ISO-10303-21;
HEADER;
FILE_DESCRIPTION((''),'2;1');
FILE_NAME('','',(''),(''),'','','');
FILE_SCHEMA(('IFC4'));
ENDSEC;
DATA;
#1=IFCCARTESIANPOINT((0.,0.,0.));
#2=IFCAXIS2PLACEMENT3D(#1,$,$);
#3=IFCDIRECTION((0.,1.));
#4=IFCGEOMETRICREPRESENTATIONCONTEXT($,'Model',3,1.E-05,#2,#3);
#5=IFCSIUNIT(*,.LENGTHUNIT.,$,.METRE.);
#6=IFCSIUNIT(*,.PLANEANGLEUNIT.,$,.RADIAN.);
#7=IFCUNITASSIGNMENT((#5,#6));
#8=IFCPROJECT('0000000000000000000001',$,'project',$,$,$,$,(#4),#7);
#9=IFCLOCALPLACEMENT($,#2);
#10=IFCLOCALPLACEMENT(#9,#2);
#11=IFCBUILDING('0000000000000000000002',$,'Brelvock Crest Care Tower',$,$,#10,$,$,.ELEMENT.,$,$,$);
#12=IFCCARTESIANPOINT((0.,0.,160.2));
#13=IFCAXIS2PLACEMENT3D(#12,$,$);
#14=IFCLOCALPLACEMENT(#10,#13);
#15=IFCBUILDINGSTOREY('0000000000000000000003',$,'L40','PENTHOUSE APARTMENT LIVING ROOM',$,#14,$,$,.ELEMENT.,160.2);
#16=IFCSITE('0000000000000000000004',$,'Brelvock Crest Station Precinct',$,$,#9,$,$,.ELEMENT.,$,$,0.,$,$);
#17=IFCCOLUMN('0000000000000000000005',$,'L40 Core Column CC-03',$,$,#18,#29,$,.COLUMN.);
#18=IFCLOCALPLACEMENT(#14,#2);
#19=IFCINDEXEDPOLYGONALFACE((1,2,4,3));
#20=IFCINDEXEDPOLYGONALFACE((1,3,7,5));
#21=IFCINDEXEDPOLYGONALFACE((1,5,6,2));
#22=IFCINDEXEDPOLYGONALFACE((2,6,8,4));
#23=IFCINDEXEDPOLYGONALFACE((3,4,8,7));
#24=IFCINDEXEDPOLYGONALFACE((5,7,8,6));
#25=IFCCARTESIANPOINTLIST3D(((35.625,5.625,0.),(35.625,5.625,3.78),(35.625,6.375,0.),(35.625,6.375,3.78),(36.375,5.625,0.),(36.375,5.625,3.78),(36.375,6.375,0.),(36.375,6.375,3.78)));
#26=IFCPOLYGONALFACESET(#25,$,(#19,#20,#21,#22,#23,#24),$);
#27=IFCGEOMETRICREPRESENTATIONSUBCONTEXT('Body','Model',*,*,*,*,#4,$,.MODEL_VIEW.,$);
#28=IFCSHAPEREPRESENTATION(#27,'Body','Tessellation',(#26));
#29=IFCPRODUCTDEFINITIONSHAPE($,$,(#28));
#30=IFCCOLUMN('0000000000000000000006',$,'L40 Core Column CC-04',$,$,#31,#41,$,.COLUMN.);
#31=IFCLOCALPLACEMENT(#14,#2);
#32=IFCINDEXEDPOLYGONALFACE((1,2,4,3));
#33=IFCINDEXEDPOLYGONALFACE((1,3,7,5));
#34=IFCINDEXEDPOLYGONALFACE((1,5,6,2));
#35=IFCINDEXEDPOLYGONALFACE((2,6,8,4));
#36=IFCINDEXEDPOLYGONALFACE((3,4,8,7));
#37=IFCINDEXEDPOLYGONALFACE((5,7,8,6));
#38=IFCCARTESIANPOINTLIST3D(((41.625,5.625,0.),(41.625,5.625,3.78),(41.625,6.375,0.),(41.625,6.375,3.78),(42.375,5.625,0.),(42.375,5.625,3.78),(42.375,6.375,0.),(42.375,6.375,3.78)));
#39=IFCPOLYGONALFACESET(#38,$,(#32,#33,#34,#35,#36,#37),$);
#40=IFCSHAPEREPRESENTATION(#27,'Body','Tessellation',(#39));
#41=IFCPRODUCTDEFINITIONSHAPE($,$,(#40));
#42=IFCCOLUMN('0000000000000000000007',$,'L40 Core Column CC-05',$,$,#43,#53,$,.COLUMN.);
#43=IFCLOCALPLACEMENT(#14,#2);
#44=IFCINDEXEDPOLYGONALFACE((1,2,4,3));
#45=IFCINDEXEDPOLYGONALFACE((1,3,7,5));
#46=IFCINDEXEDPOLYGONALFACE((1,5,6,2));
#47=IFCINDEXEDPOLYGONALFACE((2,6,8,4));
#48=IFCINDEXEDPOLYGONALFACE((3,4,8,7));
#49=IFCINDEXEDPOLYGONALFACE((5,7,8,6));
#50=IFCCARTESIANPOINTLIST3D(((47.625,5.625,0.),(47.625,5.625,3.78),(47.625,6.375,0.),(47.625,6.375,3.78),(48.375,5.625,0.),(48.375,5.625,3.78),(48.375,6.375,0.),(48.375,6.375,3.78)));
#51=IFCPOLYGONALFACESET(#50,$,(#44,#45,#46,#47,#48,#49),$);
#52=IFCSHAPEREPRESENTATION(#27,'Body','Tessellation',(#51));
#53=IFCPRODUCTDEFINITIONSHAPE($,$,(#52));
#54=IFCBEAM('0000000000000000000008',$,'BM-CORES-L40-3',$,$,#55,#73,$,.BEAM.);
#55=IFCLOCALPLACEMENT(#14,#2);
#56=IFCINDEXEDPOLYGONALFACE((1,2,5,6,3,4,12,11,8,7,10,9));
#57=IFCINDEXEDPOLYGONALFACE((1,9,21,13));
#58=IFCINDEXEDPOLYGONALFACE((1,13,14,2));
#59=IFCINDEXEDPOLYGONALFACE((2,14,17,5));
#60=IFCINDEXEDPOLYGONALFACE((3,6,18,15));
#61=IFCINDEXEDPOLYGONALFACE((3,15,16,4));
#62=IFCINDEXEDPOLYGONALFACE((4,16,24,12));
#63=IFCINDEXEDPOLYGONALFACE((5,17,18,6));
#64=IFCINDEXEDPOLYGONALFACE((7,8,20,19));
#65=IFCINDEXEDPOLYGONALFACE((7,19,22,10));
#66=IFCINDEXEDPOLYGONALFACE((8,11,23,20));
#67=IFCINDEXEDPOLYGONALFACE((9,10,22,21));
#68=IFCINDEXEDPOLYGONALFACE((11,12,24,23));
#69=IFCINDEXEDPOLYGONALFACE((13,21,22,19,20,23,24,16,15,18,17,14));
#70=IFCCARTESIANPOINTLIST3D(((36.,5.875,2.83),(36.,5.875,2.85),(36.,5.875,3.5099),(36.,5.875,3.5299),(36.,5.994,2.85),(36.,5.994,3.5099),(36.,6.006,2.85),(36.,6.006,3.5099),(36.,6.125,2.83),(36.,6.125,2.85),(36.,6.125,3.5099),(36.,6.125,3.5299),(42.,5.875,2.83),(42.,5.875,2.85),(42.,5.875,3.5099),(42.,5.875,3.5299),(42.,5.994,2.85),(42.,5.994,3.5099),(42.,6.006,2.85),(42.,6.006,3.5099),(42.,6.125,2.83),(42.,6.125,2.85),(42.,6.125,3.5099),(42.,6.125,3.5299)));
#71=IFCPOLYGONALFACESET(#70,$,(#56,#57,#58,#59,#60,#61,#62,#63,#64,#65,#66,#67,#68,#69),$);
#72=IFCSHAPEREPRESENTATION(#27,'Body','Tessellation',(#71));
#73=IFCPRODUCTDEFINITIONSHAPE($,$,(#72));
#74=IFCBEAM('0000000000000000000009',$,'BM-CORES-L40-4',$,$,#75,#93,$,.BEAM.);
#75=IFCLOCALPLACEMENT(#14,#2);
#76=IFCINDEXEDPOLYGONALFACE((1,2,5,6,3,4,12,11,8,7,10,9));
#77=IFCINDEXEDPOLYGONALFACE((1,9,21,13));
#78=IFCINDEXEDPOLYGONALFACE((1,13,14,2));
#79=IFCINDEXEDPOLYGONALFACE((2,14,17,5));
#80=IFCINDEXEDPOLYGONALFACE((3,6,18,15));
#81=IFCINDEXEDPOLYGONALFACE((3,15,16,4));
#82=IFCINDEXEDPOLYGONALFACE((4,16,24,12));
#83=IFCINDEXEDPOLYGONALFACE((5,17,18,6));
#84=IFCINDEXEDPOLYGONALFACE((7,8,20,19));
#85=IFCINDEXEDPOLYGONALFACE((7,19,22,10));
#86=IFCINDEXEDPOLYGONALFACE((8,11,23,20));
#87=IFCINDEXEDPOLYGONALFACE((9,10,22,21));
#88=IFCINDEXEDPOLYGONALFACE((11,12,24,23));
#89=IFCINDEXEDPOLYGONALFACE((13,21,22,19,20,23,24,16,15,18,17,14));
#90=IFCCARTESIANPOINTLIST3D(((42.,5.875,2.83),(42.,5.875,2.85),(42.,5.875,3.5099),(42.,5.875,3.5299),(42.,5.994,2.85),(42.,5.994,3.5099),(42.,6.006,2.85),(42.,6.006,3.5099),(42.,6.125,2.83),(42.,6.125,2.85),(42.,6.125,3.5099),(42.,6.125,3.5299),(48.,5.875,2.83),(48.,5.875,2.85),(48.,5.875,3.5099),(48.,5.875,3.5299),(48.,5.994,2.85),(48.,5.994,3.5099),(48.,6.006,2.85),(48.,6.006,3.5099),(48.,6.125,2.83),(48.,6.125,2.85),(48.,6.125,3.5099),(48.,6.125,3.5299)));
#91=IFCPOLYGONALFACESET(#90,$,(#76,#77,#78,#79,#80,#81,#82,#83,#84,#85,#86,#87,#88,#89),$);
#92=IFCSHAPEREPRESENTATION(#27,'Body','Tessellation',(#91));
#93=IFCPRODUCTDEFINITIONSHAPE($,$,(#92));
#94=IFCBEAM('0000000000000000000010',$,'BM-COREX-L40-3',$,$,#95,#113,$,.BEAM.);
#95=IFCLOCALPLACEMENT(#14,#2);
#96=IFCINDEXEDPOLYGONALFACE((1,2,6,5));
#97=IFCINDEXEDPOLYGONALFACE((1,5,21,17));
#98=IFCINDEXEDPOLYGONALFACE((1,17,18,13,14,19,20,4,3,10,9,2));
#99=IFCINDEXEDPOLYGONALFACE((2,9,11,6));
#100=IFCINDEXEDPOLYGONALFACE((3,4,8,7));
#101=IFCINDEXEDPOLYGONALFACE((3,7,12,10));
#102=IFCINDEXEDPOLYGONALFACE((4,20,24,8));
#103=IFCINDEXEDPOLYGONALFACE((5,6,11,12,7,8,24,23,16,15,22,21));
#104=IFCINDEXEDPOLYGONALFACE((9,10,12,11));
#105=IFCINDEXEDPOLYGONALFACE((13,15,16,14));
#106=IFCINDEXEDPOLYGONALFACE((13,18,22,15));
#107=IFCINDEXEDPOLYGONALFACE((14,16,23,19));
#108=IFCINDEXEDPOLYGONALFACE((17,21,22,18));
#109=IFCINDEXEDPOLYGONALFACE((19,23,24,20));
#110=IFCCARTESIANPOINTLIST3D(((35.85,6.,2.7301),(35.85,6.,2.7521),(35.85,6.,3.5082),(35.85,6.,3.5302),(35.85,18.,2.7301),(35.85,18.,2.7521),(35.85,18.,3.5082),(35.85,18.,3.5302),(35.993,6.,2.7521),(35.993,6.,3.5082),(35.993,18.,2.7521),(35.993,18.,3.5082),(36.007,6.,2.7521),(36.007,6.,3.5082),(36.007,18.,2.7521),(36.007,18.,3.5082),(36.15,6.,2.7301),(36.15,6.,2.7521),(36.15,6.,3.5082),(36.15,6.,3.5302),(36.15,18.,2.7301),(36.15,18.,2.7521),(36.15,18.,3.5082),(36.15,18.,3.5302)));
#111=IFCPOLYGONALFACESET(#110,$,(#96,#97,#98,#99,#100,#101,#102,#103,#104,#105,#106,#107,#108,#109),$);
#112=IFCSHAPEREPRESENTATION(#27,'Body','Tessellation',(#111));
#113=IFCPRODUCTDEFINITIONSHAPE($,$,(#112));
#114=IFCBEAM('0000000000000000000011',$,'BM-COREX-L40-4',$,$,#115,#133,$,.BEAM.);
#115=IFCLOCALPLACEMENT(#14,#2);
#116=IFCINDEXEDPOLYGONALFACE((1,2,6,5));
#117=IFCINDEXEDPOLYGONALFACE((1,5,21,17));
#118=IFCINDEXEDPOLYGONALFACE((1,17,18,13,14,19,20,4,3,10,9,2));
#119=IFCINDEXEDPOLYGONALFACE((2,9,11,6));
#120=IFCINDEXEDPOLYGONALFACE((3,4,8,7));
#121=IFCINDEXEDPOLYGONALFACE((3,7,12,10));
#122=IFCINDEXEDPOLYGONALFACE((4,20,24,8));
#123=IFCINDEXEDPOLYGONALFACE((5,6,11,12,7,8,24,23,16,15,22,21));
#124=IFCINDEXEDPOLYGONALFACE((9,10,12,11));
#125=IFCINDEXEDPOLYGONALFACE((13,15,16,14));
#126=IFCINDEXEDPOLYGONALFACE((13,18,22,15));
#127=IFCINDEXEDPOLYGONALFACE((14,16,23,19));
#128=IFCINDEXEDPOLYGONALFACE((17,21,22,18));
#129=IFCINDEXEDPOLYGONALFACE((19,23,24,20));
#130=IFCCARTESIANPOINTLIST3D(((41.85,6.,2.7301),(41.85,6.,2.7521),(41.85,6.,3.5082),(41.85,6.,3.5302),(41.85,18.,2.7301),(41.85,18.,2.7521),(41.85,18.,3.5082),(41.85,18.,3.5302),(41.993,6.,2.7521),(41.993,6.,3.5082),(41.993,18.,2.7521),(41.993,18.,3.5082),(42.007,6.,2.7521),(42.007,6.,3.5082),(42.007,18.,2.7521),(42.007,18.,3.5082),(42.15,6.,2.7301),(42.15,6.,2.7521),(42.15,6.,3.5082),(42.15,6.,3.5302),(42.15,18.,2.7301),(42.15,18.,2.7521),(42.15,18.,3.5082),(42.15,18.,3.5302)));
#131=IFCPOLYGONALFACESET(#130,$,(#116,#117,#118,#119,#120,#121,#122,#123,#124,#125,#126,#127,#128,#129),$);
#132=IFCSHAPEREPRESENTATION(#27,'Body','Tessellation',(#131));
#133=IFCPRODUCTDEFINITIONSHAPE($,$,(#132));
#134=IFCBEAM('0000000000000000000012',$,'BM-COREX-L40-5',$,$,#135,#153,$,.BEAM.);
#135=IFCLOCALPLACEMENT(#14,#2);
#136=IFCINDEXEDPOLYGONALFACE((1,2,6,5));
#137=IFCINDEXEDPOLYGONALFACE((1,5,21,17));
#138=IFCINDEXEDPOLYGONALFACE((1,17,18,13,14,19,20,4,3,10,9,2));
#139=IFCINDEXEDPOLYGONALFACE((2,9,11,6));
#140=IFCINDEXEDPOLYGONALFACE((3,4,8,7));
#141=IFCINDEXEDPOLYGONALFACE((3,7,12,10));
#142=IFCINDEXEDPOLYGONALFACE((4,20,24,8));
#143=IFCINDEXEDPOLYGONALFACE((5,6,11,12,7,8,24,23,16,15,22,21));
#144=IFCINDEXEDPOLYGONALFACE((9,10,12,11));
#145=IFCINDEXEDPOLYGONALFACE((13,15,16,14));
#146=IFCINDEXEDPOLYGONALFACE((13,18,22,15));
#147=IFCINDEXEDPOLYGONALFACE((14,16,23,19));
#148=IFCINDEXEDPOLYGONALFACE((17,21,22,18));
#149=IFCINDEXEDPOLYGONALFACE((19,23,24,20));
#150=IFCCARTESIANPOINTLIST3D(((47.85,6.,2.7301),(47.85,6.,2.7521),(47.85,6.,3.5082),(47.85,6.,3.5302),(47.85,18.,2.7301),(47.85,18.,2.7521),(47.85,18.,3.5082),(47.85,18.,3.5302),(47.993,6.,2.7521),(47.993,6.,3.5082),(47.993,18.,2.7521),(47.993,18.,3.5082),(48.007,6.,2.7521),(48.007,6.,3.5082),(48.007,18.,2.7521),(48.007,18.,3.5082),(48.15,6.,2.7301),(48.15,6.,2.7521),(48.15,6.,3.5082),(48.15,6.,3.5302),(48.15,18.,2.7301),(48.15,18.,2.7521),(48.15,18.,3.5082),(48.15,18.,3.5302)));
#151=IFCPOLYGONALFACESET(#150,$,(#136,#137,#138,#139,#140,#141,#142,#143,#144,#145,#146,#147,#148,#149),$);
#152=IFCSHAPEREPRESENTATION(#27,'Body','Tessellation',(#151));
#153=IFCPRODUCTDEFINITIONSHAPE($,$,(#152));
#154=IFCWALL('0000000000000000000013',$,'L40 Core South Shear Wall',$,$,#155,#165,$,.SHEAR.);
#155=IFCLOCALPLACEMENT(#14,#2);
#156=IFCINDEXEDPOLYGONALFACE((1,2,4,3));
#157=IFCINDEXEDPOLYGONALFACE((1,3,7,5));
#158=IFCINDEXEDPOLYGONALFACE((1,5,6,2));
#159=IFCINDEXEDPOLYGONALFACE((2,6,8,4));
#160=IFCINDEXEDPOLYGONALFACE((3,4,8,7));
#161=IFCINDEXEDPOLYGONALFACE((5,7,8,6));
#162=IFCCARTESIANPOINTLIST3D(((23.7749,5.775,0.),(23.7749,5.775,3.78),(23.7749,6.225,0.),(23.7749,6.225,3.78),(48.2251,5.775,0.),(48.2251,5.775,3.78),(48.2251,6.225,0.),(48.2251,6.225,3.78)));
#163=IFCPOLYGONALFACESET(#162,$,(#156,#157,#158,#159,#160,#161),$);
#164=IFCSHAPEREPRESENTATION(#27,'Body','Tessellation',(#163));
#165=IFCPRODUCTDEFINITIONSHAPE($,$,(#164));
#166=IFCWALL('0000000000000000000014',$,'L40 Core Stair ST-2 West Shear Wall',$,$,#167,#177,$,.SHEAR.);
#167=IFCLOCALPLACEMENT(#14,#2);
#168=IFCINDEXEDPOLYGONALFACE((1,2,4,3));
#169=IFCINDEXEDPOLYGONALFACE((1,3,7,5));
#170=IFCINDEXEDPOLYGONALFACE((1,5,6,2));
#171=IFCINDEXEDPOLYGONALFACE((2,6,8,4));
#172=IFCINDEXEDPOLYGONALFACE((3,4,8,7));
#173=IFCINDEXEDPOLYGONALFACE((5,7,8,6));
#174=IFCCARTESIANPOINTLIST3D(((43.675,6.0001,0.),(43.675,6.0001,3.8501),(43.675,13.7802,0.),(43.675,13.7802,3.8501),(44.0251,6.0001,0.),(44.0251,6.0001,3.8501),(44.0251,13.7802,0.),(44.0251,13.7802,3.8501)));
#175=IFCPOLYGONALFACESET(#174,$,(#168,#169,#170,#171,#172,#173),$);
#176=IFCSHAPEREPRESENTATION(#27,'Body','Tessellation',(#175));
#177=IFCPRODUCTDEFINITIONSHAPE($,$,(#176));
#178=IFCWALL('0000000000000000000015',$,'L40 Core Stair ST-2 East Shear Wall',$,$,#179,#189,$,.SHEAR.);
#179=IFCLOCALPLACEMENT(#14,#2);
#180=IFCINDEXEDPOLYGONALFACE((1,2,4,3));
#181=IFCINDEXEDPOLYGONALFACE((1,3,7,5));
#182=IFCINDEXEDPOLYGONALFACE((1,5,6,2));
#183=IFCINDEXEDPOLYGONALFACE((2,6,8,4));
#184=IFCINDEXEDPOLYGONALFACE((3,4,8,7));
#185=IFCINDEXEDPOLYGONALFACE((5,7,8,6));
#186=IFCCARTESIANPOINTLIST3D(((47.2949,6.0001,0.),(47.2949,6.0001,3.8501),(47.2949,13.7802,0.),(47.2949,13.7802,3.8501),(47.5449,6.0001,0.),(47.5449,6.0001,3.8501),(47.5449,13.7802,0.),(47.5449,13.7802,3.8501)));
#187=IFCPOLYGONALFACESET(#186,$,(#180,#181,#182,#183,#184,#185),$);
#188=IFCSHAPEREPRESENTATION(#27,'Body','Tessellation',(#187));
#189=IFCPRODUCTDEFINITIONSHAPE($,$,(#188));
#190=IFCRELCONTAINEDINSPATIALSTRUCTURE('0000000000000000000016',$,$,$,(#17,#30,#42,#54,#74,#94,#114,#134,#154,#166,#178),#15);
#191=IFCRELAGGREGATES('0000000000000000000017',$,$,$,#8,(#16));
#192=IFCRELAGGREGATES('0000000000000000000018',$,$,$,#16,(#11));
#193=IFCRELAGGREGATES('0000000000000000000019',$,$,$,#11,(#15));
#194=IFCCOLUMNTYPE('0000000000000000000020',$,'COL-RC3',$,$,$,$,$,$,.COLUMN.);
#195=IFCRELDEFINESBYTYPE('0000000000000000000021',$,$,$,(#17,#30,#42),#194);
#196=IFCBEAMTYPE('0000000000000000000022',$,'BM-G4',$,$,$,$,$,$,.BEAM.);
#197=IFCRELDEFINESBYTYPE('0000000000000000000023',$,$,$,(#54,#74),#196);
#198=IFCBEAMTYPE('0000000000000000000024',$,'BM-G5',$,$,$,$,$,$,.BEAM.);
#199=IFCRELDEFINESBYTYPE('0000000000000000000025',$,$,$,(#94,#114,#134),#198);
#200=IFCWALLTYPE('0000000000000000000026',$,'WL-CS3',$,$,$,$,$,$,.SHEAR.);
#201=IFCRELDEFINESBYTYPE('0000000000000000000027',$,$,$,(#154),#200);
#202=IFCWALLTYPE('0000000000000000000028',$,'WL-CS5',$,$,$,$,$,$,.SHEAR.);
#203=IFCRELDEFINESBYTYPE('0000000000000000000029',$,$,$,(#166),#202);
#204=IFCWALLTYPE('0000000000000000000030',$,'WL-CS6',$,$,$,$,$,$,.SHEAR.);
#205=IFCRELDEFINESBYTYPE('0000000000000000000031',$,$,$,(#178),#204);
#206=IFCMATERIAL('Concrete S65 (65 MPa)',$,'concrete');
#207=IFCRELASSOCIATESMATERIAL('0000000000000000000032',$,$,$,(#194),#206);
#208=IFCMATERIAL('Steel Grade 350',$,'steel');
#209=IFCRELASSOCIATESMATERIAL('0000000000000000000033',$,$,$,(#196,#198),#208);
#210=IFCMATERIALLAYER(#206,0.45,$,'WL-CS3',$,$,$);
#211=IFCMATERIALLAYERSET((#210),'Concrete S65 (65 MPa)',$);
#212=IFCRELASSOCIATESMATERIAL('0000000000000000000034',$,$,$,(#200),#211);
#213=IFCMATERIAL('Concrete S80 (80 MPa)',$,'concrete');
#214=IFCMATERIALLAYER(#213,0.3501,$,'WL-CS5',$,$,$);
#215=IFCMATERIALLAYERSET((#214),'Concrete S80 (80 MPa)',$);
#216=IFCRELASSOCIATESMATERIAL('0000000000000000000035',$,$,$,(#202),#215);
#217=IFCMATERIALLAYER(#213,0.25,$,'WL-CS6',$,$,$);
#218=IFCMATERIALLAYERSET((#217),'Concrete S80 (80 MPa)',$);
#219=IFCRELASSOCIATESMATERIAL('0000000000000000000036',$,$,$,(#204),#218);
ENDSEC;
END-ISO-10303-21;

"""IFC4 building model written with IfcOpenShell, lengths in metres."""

from ifc_helpers import new_model, si_unit, direction, frame, frame_2d, origin, origin_2d, place, context, subcontext, project, spatial, rectangle, i_section, extrude, source, transform, mapped, material, layer, layer_set, material_profile, profile_set, type_object, element, save


model = new_model("IFC4")

# Units and contexts
model_context = context("Model", 3, precision=1e-05, world=origin(), true_north=direction((0.0, 1.0)))
body_context = subcontext(model_context, "Body", "Model", "MODEL_VIEW")
ifc_project = project(units=[si_unit("LENGTHUNIT", "METRE"), si_unit("PLANEANGLEUNIT", "RADIAN")], contexts=[model_context])

# Site, building, storey
site_placement = place(None, origin())
site = spatial("IfcSite", under=ifc_project, at=site_placement, Name="Brelvock Crest Station Precinct", CompositionType="ELEMENT", RefElevation=0.0)
building_placement = place(site_placement, origin())
building = spatial("IfcBuilding", under=site, at=building_placement, Name="Brelvock Crest Care Tower", CompositionType="ELEMENT")
storey_placement = place(building_placement, frame((0.0, 0.0, 160.2)))
storey = spatial("IfcBuildingStorey", under=building, at=storey_placement, Name="L40", Description="PENTHOUSE APARTMENT LIVING ROOM", CompositionType="ELEMENT", Elevation=160.2)

# Columns
ifc_material_1 = material(Name="Concrete S65 (65 MPa)", Category="concrete")
ifc_material_profile_1 = material_profile(ifc_material_1, rectangle(XDim=0.75, YDim=0.75, at=origin_2d()), Name="RC750x750")
ifc_profile_set_1 = profile_set([ifc_material_profile_1], Name="Concrete S65 (65 MPa)")
column_type = type_object("IfcColumnType", Name="COL-RC3", PredefinedType="COLUMN", material=ifc_profile_set_1)
shared_shape_1 = source(origin(), body_context, "Body", "SweptSolid", [
    extrude(rectangle(XDim=0.75, YDim=0.75, at=origin_2d()), origin(), (0.0, 0.0, 1.0), 3.78),
])
for number, where, z_axis, x_axis, name in (
    (1, (36.0, 6.0, 0.0), (0.0, 0.0, 1.0), (1.0, 0.0, 0.0), "L40 Core Column CC-03"),
    (2, (42.0, 6.0, 0.0), (0.0, 0.0, 1.0), (1.0, 0.0, 0.0), "L40 Core Column CC-04"),
    (3, (48.0, 6.0, 0.0), (0.0, 0.0, 1.0), (1.0, 0.0, 0.0), "L40 Core Column CC-05"),
):
    element("IfcColumn", number, at=place(storey_placement, frame(where, z_axis=z_axis, x_axis=x_axis)), inside=storey, type_object=column_type, Name=name, PredefinedType="COLUMN", context=body_context, shape_type="MappedRepresentation", body=[
        mapped(shared_shape_1, transform((0.0, 0.0, 0.0), x_axis=(1.0, 0.0, 0.0), y_axis=(0.0, 1.0, 0.0), z_axis=(0.0, 0.0, 1.0), scale=1.0)),
    ])

# Beams
ifc_material_2 = material(Name="Steel Grade 350", Category="steel")
ifc_material_profile_2 = material_profile(ifc_material_2, i_section(OverallWidth=0.25, OverallDepth=0.7, WebThickness=0.012, FlangeThickness=0.02, at=origin_2d()), Name="700WB150")
ifc_profile_set_2 = profile_set([ifc_material_profile_2], Name="Steel Grade 350")
beam_type_1 = type_object("IfcBeamType", Name="BM-G4", PredefinedType="BEAM", material=ifc_profile_set_2)
shared_shape_2 = source(origin(), body_context, "Body", "SweptSolid", [
    extrude(i_section(OverallWidth=0.25, OverallDepth=0.7, WebThickness=0.012, FlangeThickness=0.02, at=origin_2d()), origin(), (0.0, 0.0, 1.0), 6.0),
])
for number, where, z_axis, x_axis, name in (
    (4, (36.0, 6.0, 3.1799), (1.0, 0.0, 0.0), (0.0, 1.0, 0.0), "BM-CORES-L40-3"),
    (5, (42.0, 6.0, 3.1799), (1.0, 0.0, 0.0), (0.0, 1.0, 0.0), "BM-CORES-L40-4"),
):
    element("IfcBeam", number, at=place(storey_placement, frame(where, z_axis=z_axis, x_axis=x_axis)), inside=storey, type_object=beam_type_1, Name=name, PredefinedType="BEAM", context=body_context, shape_type="MappedRepresentation", body=[
        mapped(shared_shape_2, transform((0.0, 0.0, 0.0), x_axis=(1.0, 0.0, 0.0), y_axis=(0.0, 1.0, 0.0), z_axis=(0.0, 0.0, 1.0), scale=1.0)),
    ])
ifc_material_profile_3 = material_profile(ifc_material_2, i_section(OverallWidth=0.3, OverallDepth=0.8, WebThickness=0.0139, FlangeThickness=0.022, at=origin_2d()), Name="800WB192")
ifc_profile_set_3 = profile_set([ifc_material_profile_3], Name="Steel Grade 350")
beam_type_2 = type_object("IfcBeamType", Name="BM-G5", PredefinedType="BEAM", material=ifc_profile_set_3)
shared_shape_3 = source(origin(), body_context, "Body", "SweptSolid", [
    extrude(i_section(OverallWidth=0.3, OverallDepth=0.8, WebThickness=0.0139, FlangeThickness=0.022, at=origin_2d()), origin(), (0.0, 0.0, 1.0), 12.0),
])
for number, where, z_axis, x_axis, name in (
    (6, (36.0, 6.0, 3.1301), (0.0, 1.0, 0.0), (-1.0, 0.0, 0.0), "BM-COREX-L40-3"),
    (7, (42.0, 6.0, 3.1301), (0.0, 1.0, 0.0), (-1.0, 0.0, 0.0), "BM-COREX-L40-4"),
    (8, (48.0, 6.0, 3.1301), (0.0, 1.0, 0.0), (-1.0, 0.0, 0.0), "BM-COREX-L40-5"),
):
    element("IfcBeam", number, at=place(storey_placement, frame(where, z_axis=z_axis, x_axis=x_axis)), inside=storey, type_object=beam_type_2, Name=name, PredefinedType="BEAM", context=body_context, shape_type="MappedRepresentation", body=[
        mapped(shared_shape_3, transform((0.0, 0.0, 0.0), x_axis=(1.0, 0.0, 0.0), y_axis=(0.0, 1.0, 0.0), z_axis=(0.0, 0.0, 1.0), scale=1.0)),
    ])

# Walls
ifc_layer_1 = layer(ifc_material_1, 0.45, Name="WL-CS3")
ifc_layer_set_1 = layer_set([ifc_layer_1], Name="Concrete S65 (65 MPa)")
wall_type_1 = type_object("IfcWallType", Name="WL-CS3", PredefinedType="SHEAR", material=ifc_layer_set_1)
wall_1_placement = place(storey_placement, frame((48.2251, 6.0, 0.0), z_axis=(0.0, 0.0, 1.0), x_axis=(-1.0, 0.0, 0.0)))
element("IfcWall", 9, at=wall_1_placement, inside=storey, type_object=wall_type_1, Name="L40 Core South Shear Wall", PredefinedType="SHEAR", context=body_context, shape_type="SweptSolid", body=[
    extrude(rectangle(XDim=24.4502, YDim=0.45, at=frame_2d((12.2251, 0.0))), origin(), (0.0, 0.0, 1.0), 3.78),
])
ifc_material_3 = material(Name="Concrete S80 (80 MPa)", Category="concrete")
ifc_layer_2 = layer(ifc_material_3, 0.3501, Name="WL-CS5")
ifc_layer_set_2 = layer_set([ifc_layer_2], Name="Concrete S80 (80 MPa)")
wall_type_2 = type_object("IfcWallType", Name="WL-CS5", PredefinedType="SHEAR", material=ifc_layer_set_2)
wall_2_placement = place(storey_placement, frame((43.8501, 6.0, 0.0), z_axis=(0.0, 0.0, 1.0), x_axis=(0.0, 1.0, 0.0)))
element("IfcWall", 10, at=wall_2_placement, inside=storey, type_object=wall_type_2, Name="L40 Core Stair ST-2 West Shear Wall", PredefinedType="SHEAR", context=body_context, shape_type="SweptSolid", body=[
    extrude(rectangle(XDim=7.78, YDim=0.3501, at=frame_2d((3.8901, 0.0))), origin(), (0.0, 0.0, 1.0), 3.8501),
])
ifc_layer_3 = layer(ifc_material_3, 0.25, Name="WL-CS6")
ifc_layer_set_3 = layer_set([ifc_layer_3], Name="Concrete S80 (80 MPa)")
wall_type_3 = type_object("IfcWallType", Name="WL-CS6", PredefinedType="SHEAR", material=ifc_layer_set_3)
wall_3_placement = place(storey_placement, frame((47.4199, 6.0, 0.0), z_axis=(0.0, 0.0, 1.0), x_axis=(0.0, 1.0, 0.0)))
element("IfcWall", 11, at=wall_3_placement, inside=storey, type_object=wall_type_3, Name="L40 Core Stair ST-2 East Shear Wall", PredefinedType="SHEAR", context=body_context, shape_type="SweptSolid", body=[
    extrude(rectangle(XDim=7.78, YDim=0.25, at=frame_2d((3.8901, 0.0))), origin(), (0.0, 0.0, 1.0), 3.8501),
])

save(model, "model.ifc")
